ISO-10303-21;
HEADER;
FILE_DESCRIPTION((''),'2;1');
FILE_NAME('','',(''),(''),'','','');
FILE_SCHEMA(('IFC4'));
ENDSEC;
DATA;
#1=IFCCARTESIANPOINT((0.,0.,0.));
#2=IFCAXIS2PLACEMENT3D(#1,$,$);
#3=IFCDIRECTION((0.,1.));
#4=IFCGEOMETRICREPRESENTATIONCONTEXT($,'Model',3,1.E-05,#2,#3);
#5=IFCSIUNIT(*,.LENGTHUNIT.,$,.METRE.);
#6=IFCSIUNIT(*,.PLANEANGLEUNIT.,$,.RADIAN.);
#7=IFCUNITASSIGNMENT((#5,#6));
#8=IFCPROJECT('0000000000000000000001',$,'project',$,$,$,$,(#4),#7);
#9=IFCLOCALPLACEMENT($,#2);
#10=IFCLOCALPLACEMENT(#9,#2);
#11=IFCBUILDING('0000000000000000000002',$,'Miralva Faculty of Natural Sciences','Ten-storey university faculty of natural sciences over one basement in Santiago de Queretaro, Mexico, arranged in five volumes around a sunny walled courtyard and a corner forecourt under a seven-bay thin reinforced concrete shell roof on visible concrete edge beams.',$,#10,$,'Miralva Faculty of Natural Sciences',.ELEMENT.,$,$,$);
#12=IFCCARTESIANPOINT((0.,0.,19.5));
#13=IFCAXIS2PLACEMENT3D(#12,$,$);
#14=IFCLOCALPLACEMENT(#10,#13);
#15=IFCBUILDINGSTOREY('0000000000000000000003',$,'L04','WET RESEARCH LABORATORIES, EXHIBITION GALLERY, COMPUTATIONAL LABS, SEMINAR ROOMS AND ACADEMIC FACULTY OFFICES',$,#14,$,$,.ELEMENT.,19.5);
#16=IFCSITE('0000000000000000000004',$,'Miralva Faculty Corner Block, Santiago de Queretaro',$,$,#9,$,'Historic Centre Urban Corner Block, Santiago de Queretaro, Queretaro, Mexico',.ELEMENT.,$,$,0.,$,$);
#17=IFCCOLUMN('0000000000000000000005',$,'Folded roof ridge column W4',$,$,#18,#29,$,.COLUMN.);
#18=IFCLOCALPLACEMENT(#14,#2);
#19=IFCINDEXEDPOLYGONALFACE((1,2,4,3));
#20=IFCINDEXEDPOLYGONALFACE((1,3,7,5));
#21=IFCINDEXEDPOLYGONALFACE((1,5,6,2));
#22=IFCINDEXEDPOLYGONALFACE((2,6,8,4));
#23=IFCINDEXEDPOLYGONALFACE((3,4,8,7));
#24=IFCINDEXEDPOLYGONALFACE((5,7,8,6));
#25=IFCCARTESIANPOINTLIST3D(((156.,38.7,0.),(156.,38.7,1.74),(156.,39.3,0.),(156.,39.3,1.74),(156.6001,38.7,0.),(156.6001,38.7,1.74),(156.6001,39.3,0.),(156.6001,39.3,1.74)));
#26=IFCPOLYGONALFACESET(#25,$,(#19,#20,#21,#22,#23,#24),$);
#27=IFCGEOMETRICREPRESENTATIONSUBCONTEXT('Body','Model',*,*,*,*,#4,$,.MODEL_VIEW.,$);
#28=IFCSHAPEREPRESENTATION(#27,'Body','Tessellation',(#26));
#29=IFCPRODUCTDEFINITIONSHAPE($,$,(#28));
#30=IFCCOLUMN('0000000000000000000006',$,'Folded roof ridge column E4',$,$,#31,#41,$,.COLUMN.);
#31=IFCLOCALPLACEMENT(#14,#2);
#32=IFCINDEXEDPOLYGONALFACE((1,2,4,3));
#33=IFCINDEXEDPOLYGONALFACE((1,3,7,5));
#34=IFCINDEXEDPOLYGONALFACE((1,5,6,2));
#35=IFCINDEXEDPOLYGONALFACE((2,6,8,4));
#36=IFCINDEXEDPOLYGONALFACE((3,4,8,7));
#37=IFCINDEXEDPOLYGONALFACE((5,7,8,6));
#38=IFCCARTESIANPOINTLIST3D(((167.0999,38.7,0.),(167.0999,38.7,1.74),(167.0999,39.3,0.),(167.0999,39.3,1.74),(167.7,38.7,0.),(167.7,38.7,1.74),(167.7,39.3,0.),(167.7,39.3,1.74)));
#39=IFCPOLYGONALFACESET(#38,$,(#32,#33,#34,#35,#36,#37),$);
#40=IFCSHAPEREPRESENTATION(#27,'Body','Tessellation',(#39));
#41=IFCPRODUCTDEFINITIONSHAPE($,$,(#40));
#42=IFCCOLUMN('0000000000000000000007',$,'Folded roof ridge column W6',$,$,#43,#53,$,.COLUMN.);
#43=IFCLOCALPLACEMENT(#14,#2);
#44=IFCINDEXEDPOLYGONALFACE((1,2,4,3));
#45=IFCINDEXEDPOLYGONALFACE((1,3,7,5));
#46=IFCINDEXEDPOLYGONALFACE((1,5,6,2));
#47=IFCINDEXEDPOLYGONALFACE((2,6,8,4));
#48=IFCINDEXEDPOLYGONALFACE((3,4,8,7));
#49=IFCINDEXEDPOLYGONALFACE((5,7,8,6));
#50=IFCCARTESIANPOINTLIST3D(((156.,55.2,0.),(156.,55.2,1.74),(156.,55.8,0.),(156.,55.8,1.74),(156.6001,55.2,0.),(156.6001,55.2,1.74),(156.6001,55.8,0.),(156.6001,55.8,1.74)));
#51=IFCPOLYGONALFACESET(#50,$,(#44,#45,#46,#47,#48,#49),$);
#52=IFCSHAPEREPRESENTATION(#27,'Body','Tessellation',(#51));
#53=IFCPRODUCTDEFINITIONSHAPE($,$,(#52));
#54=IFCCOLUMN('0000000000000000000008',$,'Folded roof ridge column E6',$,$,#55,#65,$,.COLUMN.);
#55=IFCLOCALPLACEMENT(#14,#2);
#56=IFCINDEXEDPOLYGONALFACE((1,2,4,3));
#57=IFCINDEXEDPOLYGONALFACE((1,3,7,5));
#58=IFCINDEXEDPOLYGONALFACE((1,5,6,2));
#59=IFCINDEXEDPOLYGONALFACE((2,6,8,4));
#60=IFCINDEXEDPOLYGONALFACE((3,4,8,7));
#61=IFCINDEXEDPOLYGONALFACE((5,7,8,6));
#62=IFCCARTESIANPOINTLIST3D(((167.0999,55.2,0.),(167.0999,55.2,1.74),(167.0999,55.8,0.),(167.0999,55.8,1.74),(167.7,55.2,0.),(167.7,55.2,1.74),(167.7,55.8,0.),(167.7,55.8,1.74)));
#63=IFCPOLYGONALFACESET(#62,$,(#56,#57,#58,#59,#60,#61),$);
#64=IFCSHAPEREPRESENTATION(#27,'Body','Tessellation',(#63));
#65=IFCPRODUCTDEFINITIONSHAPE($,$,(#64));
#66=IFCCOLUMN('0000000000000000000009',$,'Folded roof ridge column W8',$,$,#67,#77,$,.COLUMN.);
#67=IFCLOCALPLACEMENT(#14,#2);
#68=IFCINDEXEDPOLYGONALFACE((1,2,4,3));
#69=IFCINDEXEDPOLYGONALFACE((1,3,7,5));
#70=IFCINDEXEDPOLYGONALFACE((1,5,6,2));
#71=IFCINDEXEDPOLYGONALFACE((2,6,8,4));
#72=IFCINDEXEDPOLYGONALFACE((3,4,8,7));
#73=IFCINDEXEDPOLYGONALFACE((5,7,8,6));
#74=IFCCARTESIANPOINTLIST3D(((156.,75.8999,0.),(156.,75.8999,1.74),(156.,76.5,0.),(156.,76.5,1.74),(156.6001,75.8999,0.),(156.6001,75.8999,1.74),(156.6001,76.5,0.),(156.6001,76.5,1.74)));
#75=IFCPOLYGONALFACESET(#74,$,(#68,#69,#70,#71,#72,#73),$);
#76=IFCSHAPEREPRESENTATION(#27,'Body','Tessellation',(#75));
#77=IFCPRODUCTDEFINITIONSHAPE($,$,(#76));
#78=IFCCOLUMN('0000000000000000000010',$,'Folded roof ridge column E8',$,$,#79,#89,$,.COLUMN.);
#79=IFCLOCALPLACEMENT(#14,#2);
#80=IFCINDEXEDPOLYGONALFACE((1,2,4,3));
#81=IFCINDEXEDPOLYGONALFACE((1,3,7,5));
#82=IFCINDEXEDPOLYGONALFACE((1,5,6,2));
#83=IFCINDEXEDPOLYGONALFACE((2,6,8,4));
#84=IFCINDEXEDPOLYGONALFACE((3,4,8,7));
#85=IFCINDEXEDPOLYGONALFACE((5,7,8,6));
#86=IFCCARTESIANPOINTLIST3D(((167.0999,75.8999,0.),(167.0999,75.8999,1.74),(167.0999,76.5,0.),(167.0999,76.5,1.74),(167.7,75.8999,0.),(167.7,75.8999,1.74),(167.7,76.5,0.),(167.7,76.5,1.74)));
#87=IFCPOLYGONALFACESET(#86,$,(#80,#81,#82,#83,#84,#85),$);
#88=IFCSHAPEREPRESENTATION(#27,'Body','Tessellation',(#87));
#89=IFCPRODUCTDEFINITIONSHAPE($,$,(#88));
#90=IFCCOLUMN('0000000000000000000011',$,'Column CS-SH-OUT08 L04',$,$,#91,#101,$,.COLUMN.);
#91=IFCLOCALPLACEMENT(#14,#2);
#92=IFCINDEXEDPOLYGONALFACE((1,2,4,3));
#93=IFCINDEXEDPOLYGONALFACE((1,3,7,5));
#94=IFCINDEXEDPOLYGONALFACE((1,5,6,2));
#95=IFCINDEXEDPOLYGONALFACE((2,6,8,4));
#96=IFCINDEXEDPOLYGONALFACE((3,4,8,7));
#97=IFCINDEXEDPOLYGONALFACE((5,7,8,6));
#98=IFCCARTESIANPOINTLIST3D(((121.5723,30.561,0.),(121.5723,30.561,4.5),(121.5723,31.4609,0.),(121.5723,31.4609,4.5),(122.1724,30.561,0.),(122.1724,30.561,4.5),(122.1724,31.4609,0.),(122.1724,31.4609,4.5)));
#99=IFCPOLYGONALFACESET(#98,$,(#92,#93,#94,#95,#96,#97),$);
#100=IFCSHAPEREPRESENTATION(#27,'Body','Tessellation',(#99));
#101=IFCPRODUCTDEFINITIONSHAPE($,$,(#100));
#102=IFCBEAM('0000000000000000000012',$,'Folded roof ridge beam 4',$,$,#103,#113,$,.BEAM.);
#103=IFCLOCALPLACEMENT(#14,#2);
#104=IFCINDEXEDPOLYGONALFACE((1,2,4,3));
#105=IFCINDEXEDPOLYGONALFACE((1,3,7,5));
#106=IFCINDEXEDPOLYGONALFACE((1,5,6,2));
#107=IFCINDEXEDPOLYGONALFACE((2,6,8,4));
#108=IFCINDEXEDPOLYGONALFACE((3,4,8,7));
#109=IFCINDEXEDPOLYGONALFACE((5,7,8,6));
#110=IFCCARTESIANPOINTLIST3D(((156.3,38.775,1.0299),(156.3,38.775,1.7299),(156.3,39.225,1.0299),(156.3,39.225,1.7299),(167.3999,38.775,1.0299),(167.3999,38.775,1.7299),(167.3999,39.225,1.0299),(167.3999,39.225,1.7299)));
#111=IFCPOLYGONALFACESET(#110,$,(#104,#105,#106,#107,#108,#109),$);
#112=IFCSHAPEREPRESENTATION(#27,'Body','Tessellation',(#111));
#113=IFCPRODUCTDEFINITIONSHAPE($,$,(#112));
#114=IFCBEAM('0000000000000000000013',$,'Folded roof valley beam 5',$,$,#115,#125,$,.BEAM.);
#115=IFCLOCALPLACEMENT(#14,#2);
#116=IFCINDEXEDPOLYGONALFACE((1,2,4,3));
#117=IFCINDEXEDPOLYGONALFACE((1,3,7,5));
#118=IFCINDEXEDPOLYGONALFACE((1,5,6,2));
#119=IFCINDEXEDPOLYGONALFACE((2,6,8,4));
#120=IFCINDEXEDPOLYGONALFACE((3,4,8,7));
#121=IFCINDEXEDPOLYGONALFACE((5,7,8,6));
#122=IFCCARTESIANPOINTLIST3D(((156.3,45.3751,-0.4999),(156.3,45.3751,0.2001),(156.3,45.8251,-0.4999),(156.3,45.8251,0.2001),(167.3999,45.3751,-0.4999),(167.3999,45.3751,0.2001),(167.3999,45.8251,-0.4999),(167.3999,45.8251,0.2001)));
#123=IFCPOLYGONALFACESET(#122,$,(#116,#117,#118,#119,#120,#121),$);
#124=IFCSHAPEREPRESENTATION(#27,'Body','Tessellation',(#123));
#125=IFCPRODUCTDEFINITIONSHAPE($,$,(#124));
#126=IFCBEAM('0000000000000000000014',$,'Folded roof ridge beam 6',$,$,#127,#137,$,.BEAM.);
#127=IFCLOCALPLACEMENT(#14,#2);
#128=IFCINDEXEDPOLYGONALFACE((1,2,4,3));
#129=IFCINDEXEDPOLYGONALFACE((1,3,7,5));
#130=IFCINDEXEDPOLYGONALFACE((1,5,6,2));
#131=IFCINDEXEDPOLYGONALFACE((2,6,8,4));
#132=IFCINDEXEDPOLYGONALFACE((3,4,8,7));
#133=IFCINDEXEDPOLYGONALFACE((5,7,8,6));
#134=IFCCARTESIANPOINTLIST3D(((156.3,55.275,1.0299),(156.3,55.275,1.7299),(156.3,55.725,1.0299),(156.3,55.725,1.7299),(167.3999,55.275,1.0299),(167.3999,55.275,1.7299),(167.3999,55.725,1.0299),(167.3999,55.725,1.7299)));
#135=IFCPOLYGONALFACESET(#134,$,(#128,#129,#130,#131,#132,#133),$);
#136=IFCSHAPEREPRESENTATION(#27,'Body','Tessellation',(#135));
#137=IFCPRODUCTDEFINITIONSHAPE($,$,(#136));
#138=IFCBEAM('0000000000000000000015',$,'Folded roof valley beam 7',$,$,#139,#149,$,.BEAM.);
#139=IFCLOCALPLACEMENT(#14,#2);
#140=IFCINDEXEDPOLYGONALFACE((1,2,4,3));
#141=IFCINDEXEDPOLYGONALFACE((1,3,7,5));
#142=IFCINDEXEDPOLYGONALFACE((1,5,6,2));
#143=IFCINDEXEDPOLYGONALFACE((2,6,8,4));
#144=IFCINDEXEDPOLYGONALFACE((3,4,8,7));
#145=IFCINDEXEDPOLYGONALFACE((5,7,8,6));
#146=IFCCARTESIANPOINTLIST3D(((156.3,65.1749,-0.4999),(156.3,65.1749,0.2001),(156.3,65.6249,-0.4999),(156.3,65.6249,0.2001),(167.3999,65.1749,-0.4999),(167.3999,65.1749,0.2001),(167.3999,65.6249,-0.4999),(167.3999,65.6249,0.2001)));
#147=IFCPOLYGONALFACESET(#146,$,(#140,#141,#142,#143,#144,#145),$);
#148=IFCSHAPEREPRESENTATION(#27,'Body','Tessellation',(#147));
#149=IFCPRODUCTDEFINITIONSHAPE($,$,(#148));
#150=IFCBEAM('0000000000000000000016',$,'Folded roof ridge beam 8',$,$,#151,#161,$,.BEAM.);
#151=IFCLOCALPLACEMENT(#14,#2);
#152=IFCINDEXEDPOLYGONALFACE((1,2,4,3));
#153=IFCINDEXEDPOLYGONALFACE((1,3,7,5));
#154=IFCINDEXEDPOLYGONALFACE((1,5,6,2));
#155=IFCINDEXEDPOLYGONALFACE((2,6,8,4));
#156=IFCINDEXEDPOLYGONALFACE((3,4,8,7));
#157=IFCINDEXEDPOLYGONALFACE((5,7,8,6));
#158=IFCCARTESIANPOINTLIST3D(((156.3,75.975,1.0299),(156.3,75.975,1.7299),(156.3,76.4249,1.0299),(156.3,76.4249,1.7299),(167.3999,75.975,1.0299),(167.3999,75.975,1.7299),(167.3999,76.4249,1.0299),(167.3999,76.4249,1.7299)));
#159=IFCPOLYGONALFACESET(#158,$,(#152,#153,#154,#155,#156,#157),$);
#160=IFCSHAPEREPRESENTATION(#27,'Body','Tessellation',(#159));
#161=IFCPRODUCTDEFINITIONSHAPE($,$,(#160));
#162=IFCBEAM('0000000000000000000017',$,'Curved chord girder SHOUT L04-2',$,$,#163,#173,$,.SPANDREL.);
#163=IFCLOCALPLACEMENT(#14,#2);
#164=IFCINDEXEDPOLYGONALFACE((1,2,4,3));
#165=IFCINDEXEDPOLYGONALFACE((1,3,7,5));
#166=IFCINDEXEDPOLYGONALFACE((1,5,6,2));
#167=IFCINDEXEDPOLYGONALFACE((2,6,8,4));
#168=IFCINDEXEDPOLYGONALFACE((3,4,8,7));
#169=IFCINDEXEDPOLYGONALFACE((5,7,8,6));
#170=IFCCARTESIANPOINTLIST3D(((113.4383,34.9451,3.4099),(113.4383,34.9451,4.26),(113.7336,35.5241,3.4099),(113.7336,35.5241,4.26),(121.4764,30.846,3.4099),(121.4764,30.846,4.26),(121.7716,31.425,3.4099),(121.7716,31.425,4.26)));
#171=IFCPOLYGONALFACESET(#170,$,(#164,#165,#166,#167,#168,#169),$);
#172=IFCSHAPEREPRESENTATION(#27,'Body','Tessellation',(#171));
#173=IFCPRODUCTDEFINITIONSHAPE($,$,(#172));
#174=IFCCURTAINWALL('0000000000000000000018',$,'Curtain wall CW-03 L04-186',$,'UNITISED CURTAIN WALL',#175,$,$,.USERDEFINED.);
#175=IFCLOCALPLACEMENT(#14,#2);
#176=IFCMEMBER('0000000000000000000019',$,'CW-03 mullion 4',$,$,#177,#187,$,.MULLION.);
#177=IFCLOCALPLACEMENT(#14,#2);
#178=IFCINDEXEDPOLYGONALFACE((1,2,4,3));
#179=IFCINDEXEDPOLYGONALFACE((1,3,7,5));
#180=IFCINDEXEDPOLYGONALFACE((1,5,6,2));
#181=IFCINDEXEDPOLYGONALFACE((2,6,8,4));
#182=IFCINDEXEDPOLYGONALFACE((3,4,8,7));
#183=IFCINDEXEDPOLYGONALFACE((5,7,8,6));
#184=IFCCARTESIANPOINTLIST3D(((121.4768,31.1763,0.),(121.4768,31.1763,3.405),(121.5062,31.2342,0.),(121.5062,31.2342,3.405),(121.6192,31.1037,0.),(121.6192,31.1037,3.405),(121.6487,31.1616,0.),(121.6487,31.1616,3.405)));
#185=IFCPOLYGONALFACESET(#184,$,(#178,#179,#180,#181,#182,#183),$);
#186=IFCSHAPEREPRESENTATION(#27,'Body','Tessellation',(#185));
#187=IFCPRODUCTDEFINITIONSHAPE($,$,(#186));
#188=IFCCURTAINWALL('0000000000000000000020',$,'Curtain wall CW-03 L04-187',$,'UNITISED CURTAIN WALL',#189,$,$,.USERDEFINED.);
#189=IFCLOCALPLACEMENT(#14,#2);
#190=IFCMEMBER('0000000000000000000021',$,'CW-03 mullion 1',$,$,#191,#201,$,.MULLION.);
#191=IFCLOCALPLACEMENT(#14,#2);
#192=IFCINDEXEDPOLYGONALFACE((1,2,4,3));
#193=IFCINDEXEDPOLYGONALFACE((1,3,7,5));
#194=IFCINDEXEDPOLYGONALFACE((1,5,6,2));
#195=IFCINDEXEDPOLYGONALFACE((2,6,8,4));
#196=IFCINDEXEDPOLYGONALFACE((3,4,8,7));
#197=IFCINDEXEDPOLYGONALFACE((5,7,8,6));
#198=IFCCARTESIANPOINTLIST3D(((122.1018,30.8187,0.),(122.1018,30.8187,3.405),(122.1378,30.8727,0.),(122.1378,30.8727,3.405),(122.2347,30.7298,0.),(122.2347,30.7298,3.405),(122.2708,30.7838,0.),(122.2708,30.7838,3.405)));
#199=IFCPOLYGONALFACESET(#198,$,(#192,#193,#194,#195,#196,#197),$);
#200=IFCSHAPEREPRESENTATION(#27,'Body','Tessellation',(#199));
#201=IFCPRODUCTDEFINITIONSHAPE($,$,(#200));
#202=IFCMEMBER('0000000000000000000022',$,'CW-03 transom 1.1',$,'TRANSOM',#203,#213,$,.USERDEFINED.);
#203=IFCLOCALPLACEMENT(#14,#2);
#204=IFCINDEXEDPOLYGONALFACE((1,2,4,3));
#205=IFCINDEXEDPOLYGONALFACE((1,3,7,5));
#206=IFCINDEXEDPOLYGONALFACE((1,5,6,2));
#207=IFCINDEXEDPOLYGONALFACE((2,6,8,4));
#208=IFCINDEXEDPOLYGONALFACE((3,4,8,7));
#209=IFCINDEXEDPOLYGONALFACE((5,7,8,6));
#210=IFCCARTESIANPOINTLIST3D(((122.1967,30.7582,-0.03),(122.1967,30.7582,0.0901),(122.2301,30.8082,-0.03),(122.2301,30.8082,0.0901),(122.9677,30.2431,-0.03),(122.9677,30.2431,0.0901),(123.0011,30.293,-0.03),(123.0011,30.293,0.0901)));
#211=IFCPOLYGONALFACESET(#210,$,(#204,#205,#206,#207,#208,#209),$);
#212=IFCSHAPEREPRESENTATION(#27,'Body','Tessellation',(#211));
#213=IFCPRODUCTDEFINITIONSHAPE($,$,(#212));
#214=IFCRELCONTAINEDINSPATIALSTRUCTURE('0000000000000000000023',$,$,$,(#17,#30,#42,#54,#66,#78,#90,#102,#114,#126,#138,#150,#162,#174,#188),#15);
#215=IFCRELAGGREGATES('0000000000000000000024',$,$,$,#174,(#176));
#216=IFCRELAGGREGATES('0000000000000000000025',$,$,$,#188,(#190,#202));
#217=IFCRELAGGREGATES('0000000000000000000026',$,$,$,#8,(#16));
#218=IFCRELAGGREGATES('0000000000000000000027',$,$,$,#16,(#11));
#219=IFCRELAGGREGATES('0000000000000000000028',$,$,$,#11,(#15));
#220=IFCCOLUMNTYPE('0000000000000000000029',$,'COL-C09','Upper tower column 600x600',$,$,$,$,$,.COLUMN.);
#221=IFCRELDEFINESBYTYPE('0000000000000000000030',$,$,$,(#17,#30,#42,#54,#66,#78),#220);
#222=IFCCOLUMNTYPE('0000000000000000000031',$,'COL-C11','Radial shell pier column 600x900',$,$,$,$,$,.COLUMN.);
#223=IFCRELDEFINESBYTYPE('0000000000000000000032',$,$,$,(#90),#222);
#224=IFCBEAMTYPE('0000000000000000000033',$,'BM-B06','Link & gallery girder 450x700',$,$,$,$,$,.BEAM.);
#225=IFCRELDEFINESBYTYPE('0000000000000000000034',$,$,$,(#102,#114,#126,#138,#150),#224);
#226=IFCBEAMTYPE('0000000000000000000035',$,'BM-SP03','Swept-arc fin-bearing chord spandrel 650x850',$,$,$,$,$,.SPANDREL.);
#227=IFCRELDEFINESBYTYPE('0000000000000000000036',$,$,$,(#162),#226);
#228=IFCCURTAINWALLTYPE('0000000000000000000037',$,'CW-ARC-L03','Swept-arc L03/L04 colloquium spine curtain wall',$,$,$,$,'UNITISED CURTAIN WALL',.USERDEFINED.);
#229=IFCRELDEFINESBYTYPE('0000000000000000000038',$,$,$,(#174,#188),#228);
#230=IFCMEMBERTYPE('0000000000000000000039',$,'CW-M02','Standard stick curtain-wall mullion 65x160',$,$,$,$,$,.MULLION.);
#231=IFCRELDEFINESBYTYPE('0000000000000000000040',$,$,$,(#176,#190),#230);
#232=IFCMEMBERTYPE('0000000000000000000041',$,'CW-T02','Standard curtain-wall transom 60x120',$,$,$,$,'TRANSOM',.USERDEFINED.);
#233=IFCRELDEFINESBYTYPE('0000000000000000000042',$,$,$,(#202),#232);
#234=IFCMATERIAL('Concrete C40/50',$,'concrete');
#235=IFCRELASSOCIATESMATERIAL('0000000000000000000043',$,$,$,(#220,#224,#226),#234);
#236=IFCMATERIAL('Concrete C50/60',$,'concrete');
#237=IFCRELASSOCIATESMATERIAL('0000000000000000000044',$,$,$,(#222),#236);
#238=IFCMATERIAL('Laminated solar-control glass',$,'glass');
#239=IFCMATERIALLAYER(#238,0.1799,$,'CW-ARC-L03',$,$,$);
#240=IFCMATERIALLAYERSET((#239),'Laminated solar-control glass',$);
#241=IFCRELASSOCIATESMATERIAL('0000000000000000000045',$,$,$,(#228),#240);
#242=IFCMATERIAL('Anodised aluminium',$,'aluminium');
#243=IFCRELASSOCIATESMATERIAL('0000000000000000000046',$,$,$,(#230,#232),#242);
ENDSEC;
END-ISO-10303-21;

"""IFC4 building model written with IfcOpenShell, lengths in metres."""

from ifc_helpers import new_model, si_unit, direction, frame, origin, origin_2d, place, context, subcontext, project, spatial, rectangle, extrude, material, layer, layer_set, material_profile, profile_set, type_object, element, aggregate, save


model = new_model("IFC4")

# Units and contexts
model_context = context("Model", 3, precision=1e-05, world=origin(), true_north=direction((0.0, 1.0)))
body_context = subcontext(model_context, "Body", "Model", "MODEL_VIEW")
ifc_project = project(units=[si_unit("LENGTHUNIT", "METRE"), si_unit("PLANEANGLEUNIT", "RADIAN")], contexts=[model_context])

# Site, building, storey
site_placement = place(None, origin())
site = spatial("IfcSite", under=ifc_project, at=site_placement, Name="Miralva Faculty Corner Block, Santiago de Queretaro", LongName="Historic Centre Urban Corner Block, Santiago de Queretaro, Queretaro, Mexico", CompositionType="ELEMENT", RefElevation=0.0)
building_placement = place(site_placement, origin())
building = spatial("IfcBuilding", under=site, at=building_placement, Name="Miralva Faculty of Natural Sciences", Description="Ten-storey university faculty of natural sciences over one basement in Santiago de Queretaro, Mexico, arranged in five volumes around a sunny walled courtyard and a corner forecourt under a seven-bay thin reinforced concrete shell roof on visible concrete edge beams.", LongName="Miralva Faculty of Natural Sciences", CompositionType="ELEMENT")
storey_placement = place(building_placement, frame((0.0, 0.0, 19.5)))
storey = spatial("IfcBuildingStorey", under=building, at=storey_placement, Name="L04", Description="WET RESEARCH LABORATORIES, EXHIBITION GALLERY, COMPUTATIONAL LABS, SEMINAR ROOMS AND ACADEMIC FACULTY OFFICES", CompositionType="ELEMENT", Elevation=19.5)

# Columns
ifc_material_1 = material(Name="Concrete C40/50", Category="concrete")
ifc_material_profile_1 = material_profile(ifc_material_1, rectangle(XDim=0.6001, YDim=0.6001, at=origin_2d()), Name="RC 600x600")
ifc_profile_set_1 = profile_set([ifc_material_profile_1], Name="Concrete C40/50")
column_type_1 = type_object("IfcColumnType", Name="COL-C09", Description="Upper tower column 600x600", PredefinedType="COLUMN", material=ifc_profile_set_1)
for number, where, z_axis, x_axis, name in (
    (1, (156.3, 39.0, 0.0), (0.0, 0.0, 1.0), (1.0, 0.0, 0.0), "Folded roof ridge column W4"),
    (2, (167.3999, 39.0, 0.0), (0.0, 0.0, 1.0), (1.0, 0.0, 0.0), "Folded roof ridge column E4"),
    (3, (156.3, 55.5, 0.0), (0.0, 0.0, 1.0), (1.0, 0.0, 0.0), "Folded roof ridge column W6"),
    (4, (167.3999, 55.5, 0.0), (0.0, 0.0, 1.0), (1.0, 0.0, 0.0), "Folded roof ridge column E6"),
    (5, (156.3, 76.2, 0.0), (0.0, 0.0, 1.0), (1.0, 0.0, 0.0), "Folded roof ridge column W8"),
    (6, (167.3999, 76.2, 0.0), (0.0, 0.0, 1.0), (1.0, 0.0, 0.0), "Folded roof ridge column E8"),
):
    element("IfcColumn", number, at=place(storey_placement, frame(where, z_axis=z_axis, x_axis=x_axis)), inside=storey, type_object=column_type_1, Name=name, PredefinedType="COLUMN", context=body_context, shape_type="SweptSolid", body=[
        extrude(rectangle(XDim=0.6001, YDim=0.6001, at=origin_2d()), origin(), (0.0, 0.0, 1.0), 1.74),
    ])
ifc_material_2 = material(Name="Concrete C50/60", Category="concrete")
ifc_material_profile_2 = material_profile(ifc_material_2, rectangle(XDim=0.6001, YDim=0.8999, at=origin_2d()), Name="RC 600x900")
ifc_profile_set_2 = profile_set([ifc_material_profile_2], Name="Concrete C50/60")
column_type_2 = type_object("IfcColumnType", Name="COL-C11", Description="Radial shell pier column 600x900", PredefinedType="COLUMN", material=ifc_profile_set_2)
column_placement = place(storey_placement, frame((121.8723, 31.011, 0.0), z_axis=(0.0, 0.0, 1.0), x_axis=(1.0, 0.0, 0.0)))
element("IfcColumn", 7, at=column_placement, inside=storey, type_object=column_type_2, Name="Column CS-SH-OUT08 L04", PredefinedType="COLUMN", context=body_context, shape_type="SweptSolid", body=[
    extrude(rectangle(XDim=0.6001, YDim=0.8999, at=origin_2d()), origin(), (0.0, 0.0, 1.0), 4.5),
])

# Beams
ifc_material_profile_3 = material_profile(ifc_material_1, rectangle(XDim=0.45, YDim=0.7, at=origin_2d()), Name="RC 450x700")
ifc_profile_set_3 = profile_set([ifc_material_profile_3], Name="Concrete C40/50")
beam_type_1 = type_object("IfcBeamType", Name="BM-B06", Description="Link & gallery girder 450x700", PredefinedType="BEAM", material=ifc_profile_set_3)
for number, where, z_axis, x_axis, name in (
    (8, (156.3, 39.0, 1.3799), (1.0, 0.0, 0.0), (0.0, 1.0, 0.0), "Folded roof ridge beam 4"),
    (9, (156.3, 45.6001, -0.1499), (1.0, 0.0, 0.0), (0.0, 1.0, 0.0), "Folded roof valley beam 5"),
    (10, (156.3, 55.5, 1.3799), (1.0, 0.0, 0.0), (0.0, 1.0, 0.0), "Folded roof ridge beam 6"),
    (11, (156.3, 65.3999, -0.1499), (1.0, 0.0, 0.0), (0.0, 1.0, 0.0), "Folded roof valley beam 7"),
    (12, (156.3, 76.2, 1.3799), (1.0, 0.0, 0.0), (0.0, 1.0, 0.0), "Folded roof ridge beam 8"),
):
    element("IfcBeam", number, at=place(storey_placement, frame(where, z_axis=z_axis, x_axis=x_axis)), inside=storey, type_object=beam_type_1, Name=name, PredefinedType="BEAM", context=body_context, shape_type="SweptSolid", body=[
        extrude(rectangle(XDim=0.45, YDim=0.7, at=origin_2d()), origin(), (0.0, 0.0, 1.0), 11.0999),
    ])
ifc_material_profile_4 = material_profile(ifc_material_1, rectangle(XDim=0.6499, YDim=0.8501, at=origin_2d()), Name="RC 650x850")
ifc_profile_set_4 = profile_set([ifc_material_profile_4], Name="Concrete C40/50")
beam_type_2 = type_object("IfcBeamType", Name="BM-SP03", Description="Swept-arc fin-bearing chord spandrel 650x850", PredefinedType="SPANDREL", material=ifc_profile_set_4)
beam_placement = place(storey_placement, frame((121.624, 31.1355, 3.835), z_axis=(-0.890849, 0.454299, 0.0), x_axis=(-0.454299, -0.890849, 0.0)))
element("IfcBeam", 13, at=beam_placement, inside=storey, type_object=beam_type_2, Name="Curved chord girder SHOUT L04-2", PredefinedType="SPANDREL", context=body_context, shape_type="SweptSolid", body=[
    extrude(rectangle(XDim=0.6499, YDim=0.8501, at=origin_2d()), origin(), (0.0, 0.0, 1.0), 9.0229),
])

# Curtain wall, member
ifc_material_3 = material(Name="Laminated solar-control glass", Category="glass")
ifc_layer_1 = layer(ifc_material_3, 0.1799, Name="CW-ARC-L03")
ifc_layer_set_1 = layer_set([ifc_layer_1], Name="Laminated solar-control glass")
curtain_wall_type = type_object("IfcCurtainWallType", Name="CW-ARC-L03", Description="Swept-arc L03/L04 colloquium spine curtain wall", ElementType="UNITISED CURTAIN WALL", PredefinedType="USERDEFINED", material=ifc_layer_set_1)
curtain_wall_1_placement = place(storey_placement, origin())
curtain_wall_1 = element("IfcCurtainWall", 14, at=curtain_wall_1_placement, inside=storey, type_object=curtain_wall_type, Name="Curtain wall CW-03 L04-186", ObjectType="UNITISED CURTAIN WALL", PredefinedType="USERDEFINED")
ifc_material_4 = material(Name="Anodised aluminium", Category="aluminium")
ifc_material_profile_5 = material_profile(ifc_material_4, rectangle(XDim=0.0649, YDim=0.1599, at=origin_2d()), Name="MULLION 65x160")
ifc_profile_set_5 = profile_set([ifc_material_profile_5], Name="Anodised aluminium")
member_type_1 = type_object("IfcMemberType", Name="CW-M02", Description="Standard stick curtain-wall mullion 65x160", PredefinedType="MULLION", material=ifc_profile_set_5)
member_1_placement = place(storey_placement, frame((121.5627, 31.1689, 0.0), z_axis=(0.0, 0.0, 1.0), x_axis=(0.454001, 0.891001, 0.0)))
member_1 = element("IfcMember", 15, at=member_1_placement, type_object=member_type_1, Name="CW-03 mullion 4", PredefinedType="MULLION", context=body_context, shape_type="SweptSolid", body=[
    extrude(rectangle(XDim=0.0649, YDim=0.1599, at=origin_2d()), origin(), (0.0, 0.0, 1.0), 3.405),
])
aggregate(curtain_wall_1, [member_1])

# Curtain wall, members
curtain_wall_2_placement = place(storey_placement, origin())
curtain_wall_2 = element("IfcCurtainWall", 16, at=curtain_wall_2_placement, inside=storey, type_object=curtain_wall_type, Name="Curtain wall CW-03 L04-187", ObjectType="UNITISED CURTAIN WALL", PredefinedType="USERDEFINED")
member_2_placement = place(storey_placement, frame((122.1863, 30.8013, 0.0), z_axis=(0.0, 0.0, 1.0), x_axis=(0.555589, 0.831457, 0.0)))
member_2 = element("IfcMember", 17, at=member_2_placement, type_object=member_type_1, Name="CW-03 mullion 1", PredefinedType="MULLION", context=body_context, shape_type="SweptSolid", body=[
    extrude(rectangle(XDim=0.0649, YDim=0.1599, at=origin_2d()), origin(), (0.0, 0.0, 1.0), 3.405),
])
ifc_material_profile_6 = material_profile(ifc_material_4, rectangle(XDim=0.0601, YDim=0.1201, at=origin_2d()), Name="TRANSOM 60x120")
ifc_profile_set_6 = profile_set([ifc_material_profile_6], Name="Anodised aluminium")
member_type_2 = type_object("IfcMemberType", Name="CW-T02", Description="Standard curtain-wall transom 60x120", ElementType="TRANSOM", PredefinedType="USERDEFINED", material=ifc_profile_set_6)
member_3_placement = place(storey_placement, frame((122.2134, 30.7832, 0.03), z_axis=(0.831483, -0.555551, 0.0), x_axis=(0.555551, 0.831483, 0.0)))
member_3 = element("IfcMember", 18, at=member_3_placement, type_object=member_type_2, Name="CW-03 transom 1.1", ObjectType="TRANSOM", PredefinedType="USERDEFINED", context=body_context, shape_type="SweptSolid", body=[
    extrude(rectangle(XDim=0.0601, YDim=0.1201, at=origin_2d()), origin(), (0.0, 0.0, 1.0), 0.9272),
])
aggregate(curtain_wall_2, [member_2, member_3])

save(model, "model.ifc")
